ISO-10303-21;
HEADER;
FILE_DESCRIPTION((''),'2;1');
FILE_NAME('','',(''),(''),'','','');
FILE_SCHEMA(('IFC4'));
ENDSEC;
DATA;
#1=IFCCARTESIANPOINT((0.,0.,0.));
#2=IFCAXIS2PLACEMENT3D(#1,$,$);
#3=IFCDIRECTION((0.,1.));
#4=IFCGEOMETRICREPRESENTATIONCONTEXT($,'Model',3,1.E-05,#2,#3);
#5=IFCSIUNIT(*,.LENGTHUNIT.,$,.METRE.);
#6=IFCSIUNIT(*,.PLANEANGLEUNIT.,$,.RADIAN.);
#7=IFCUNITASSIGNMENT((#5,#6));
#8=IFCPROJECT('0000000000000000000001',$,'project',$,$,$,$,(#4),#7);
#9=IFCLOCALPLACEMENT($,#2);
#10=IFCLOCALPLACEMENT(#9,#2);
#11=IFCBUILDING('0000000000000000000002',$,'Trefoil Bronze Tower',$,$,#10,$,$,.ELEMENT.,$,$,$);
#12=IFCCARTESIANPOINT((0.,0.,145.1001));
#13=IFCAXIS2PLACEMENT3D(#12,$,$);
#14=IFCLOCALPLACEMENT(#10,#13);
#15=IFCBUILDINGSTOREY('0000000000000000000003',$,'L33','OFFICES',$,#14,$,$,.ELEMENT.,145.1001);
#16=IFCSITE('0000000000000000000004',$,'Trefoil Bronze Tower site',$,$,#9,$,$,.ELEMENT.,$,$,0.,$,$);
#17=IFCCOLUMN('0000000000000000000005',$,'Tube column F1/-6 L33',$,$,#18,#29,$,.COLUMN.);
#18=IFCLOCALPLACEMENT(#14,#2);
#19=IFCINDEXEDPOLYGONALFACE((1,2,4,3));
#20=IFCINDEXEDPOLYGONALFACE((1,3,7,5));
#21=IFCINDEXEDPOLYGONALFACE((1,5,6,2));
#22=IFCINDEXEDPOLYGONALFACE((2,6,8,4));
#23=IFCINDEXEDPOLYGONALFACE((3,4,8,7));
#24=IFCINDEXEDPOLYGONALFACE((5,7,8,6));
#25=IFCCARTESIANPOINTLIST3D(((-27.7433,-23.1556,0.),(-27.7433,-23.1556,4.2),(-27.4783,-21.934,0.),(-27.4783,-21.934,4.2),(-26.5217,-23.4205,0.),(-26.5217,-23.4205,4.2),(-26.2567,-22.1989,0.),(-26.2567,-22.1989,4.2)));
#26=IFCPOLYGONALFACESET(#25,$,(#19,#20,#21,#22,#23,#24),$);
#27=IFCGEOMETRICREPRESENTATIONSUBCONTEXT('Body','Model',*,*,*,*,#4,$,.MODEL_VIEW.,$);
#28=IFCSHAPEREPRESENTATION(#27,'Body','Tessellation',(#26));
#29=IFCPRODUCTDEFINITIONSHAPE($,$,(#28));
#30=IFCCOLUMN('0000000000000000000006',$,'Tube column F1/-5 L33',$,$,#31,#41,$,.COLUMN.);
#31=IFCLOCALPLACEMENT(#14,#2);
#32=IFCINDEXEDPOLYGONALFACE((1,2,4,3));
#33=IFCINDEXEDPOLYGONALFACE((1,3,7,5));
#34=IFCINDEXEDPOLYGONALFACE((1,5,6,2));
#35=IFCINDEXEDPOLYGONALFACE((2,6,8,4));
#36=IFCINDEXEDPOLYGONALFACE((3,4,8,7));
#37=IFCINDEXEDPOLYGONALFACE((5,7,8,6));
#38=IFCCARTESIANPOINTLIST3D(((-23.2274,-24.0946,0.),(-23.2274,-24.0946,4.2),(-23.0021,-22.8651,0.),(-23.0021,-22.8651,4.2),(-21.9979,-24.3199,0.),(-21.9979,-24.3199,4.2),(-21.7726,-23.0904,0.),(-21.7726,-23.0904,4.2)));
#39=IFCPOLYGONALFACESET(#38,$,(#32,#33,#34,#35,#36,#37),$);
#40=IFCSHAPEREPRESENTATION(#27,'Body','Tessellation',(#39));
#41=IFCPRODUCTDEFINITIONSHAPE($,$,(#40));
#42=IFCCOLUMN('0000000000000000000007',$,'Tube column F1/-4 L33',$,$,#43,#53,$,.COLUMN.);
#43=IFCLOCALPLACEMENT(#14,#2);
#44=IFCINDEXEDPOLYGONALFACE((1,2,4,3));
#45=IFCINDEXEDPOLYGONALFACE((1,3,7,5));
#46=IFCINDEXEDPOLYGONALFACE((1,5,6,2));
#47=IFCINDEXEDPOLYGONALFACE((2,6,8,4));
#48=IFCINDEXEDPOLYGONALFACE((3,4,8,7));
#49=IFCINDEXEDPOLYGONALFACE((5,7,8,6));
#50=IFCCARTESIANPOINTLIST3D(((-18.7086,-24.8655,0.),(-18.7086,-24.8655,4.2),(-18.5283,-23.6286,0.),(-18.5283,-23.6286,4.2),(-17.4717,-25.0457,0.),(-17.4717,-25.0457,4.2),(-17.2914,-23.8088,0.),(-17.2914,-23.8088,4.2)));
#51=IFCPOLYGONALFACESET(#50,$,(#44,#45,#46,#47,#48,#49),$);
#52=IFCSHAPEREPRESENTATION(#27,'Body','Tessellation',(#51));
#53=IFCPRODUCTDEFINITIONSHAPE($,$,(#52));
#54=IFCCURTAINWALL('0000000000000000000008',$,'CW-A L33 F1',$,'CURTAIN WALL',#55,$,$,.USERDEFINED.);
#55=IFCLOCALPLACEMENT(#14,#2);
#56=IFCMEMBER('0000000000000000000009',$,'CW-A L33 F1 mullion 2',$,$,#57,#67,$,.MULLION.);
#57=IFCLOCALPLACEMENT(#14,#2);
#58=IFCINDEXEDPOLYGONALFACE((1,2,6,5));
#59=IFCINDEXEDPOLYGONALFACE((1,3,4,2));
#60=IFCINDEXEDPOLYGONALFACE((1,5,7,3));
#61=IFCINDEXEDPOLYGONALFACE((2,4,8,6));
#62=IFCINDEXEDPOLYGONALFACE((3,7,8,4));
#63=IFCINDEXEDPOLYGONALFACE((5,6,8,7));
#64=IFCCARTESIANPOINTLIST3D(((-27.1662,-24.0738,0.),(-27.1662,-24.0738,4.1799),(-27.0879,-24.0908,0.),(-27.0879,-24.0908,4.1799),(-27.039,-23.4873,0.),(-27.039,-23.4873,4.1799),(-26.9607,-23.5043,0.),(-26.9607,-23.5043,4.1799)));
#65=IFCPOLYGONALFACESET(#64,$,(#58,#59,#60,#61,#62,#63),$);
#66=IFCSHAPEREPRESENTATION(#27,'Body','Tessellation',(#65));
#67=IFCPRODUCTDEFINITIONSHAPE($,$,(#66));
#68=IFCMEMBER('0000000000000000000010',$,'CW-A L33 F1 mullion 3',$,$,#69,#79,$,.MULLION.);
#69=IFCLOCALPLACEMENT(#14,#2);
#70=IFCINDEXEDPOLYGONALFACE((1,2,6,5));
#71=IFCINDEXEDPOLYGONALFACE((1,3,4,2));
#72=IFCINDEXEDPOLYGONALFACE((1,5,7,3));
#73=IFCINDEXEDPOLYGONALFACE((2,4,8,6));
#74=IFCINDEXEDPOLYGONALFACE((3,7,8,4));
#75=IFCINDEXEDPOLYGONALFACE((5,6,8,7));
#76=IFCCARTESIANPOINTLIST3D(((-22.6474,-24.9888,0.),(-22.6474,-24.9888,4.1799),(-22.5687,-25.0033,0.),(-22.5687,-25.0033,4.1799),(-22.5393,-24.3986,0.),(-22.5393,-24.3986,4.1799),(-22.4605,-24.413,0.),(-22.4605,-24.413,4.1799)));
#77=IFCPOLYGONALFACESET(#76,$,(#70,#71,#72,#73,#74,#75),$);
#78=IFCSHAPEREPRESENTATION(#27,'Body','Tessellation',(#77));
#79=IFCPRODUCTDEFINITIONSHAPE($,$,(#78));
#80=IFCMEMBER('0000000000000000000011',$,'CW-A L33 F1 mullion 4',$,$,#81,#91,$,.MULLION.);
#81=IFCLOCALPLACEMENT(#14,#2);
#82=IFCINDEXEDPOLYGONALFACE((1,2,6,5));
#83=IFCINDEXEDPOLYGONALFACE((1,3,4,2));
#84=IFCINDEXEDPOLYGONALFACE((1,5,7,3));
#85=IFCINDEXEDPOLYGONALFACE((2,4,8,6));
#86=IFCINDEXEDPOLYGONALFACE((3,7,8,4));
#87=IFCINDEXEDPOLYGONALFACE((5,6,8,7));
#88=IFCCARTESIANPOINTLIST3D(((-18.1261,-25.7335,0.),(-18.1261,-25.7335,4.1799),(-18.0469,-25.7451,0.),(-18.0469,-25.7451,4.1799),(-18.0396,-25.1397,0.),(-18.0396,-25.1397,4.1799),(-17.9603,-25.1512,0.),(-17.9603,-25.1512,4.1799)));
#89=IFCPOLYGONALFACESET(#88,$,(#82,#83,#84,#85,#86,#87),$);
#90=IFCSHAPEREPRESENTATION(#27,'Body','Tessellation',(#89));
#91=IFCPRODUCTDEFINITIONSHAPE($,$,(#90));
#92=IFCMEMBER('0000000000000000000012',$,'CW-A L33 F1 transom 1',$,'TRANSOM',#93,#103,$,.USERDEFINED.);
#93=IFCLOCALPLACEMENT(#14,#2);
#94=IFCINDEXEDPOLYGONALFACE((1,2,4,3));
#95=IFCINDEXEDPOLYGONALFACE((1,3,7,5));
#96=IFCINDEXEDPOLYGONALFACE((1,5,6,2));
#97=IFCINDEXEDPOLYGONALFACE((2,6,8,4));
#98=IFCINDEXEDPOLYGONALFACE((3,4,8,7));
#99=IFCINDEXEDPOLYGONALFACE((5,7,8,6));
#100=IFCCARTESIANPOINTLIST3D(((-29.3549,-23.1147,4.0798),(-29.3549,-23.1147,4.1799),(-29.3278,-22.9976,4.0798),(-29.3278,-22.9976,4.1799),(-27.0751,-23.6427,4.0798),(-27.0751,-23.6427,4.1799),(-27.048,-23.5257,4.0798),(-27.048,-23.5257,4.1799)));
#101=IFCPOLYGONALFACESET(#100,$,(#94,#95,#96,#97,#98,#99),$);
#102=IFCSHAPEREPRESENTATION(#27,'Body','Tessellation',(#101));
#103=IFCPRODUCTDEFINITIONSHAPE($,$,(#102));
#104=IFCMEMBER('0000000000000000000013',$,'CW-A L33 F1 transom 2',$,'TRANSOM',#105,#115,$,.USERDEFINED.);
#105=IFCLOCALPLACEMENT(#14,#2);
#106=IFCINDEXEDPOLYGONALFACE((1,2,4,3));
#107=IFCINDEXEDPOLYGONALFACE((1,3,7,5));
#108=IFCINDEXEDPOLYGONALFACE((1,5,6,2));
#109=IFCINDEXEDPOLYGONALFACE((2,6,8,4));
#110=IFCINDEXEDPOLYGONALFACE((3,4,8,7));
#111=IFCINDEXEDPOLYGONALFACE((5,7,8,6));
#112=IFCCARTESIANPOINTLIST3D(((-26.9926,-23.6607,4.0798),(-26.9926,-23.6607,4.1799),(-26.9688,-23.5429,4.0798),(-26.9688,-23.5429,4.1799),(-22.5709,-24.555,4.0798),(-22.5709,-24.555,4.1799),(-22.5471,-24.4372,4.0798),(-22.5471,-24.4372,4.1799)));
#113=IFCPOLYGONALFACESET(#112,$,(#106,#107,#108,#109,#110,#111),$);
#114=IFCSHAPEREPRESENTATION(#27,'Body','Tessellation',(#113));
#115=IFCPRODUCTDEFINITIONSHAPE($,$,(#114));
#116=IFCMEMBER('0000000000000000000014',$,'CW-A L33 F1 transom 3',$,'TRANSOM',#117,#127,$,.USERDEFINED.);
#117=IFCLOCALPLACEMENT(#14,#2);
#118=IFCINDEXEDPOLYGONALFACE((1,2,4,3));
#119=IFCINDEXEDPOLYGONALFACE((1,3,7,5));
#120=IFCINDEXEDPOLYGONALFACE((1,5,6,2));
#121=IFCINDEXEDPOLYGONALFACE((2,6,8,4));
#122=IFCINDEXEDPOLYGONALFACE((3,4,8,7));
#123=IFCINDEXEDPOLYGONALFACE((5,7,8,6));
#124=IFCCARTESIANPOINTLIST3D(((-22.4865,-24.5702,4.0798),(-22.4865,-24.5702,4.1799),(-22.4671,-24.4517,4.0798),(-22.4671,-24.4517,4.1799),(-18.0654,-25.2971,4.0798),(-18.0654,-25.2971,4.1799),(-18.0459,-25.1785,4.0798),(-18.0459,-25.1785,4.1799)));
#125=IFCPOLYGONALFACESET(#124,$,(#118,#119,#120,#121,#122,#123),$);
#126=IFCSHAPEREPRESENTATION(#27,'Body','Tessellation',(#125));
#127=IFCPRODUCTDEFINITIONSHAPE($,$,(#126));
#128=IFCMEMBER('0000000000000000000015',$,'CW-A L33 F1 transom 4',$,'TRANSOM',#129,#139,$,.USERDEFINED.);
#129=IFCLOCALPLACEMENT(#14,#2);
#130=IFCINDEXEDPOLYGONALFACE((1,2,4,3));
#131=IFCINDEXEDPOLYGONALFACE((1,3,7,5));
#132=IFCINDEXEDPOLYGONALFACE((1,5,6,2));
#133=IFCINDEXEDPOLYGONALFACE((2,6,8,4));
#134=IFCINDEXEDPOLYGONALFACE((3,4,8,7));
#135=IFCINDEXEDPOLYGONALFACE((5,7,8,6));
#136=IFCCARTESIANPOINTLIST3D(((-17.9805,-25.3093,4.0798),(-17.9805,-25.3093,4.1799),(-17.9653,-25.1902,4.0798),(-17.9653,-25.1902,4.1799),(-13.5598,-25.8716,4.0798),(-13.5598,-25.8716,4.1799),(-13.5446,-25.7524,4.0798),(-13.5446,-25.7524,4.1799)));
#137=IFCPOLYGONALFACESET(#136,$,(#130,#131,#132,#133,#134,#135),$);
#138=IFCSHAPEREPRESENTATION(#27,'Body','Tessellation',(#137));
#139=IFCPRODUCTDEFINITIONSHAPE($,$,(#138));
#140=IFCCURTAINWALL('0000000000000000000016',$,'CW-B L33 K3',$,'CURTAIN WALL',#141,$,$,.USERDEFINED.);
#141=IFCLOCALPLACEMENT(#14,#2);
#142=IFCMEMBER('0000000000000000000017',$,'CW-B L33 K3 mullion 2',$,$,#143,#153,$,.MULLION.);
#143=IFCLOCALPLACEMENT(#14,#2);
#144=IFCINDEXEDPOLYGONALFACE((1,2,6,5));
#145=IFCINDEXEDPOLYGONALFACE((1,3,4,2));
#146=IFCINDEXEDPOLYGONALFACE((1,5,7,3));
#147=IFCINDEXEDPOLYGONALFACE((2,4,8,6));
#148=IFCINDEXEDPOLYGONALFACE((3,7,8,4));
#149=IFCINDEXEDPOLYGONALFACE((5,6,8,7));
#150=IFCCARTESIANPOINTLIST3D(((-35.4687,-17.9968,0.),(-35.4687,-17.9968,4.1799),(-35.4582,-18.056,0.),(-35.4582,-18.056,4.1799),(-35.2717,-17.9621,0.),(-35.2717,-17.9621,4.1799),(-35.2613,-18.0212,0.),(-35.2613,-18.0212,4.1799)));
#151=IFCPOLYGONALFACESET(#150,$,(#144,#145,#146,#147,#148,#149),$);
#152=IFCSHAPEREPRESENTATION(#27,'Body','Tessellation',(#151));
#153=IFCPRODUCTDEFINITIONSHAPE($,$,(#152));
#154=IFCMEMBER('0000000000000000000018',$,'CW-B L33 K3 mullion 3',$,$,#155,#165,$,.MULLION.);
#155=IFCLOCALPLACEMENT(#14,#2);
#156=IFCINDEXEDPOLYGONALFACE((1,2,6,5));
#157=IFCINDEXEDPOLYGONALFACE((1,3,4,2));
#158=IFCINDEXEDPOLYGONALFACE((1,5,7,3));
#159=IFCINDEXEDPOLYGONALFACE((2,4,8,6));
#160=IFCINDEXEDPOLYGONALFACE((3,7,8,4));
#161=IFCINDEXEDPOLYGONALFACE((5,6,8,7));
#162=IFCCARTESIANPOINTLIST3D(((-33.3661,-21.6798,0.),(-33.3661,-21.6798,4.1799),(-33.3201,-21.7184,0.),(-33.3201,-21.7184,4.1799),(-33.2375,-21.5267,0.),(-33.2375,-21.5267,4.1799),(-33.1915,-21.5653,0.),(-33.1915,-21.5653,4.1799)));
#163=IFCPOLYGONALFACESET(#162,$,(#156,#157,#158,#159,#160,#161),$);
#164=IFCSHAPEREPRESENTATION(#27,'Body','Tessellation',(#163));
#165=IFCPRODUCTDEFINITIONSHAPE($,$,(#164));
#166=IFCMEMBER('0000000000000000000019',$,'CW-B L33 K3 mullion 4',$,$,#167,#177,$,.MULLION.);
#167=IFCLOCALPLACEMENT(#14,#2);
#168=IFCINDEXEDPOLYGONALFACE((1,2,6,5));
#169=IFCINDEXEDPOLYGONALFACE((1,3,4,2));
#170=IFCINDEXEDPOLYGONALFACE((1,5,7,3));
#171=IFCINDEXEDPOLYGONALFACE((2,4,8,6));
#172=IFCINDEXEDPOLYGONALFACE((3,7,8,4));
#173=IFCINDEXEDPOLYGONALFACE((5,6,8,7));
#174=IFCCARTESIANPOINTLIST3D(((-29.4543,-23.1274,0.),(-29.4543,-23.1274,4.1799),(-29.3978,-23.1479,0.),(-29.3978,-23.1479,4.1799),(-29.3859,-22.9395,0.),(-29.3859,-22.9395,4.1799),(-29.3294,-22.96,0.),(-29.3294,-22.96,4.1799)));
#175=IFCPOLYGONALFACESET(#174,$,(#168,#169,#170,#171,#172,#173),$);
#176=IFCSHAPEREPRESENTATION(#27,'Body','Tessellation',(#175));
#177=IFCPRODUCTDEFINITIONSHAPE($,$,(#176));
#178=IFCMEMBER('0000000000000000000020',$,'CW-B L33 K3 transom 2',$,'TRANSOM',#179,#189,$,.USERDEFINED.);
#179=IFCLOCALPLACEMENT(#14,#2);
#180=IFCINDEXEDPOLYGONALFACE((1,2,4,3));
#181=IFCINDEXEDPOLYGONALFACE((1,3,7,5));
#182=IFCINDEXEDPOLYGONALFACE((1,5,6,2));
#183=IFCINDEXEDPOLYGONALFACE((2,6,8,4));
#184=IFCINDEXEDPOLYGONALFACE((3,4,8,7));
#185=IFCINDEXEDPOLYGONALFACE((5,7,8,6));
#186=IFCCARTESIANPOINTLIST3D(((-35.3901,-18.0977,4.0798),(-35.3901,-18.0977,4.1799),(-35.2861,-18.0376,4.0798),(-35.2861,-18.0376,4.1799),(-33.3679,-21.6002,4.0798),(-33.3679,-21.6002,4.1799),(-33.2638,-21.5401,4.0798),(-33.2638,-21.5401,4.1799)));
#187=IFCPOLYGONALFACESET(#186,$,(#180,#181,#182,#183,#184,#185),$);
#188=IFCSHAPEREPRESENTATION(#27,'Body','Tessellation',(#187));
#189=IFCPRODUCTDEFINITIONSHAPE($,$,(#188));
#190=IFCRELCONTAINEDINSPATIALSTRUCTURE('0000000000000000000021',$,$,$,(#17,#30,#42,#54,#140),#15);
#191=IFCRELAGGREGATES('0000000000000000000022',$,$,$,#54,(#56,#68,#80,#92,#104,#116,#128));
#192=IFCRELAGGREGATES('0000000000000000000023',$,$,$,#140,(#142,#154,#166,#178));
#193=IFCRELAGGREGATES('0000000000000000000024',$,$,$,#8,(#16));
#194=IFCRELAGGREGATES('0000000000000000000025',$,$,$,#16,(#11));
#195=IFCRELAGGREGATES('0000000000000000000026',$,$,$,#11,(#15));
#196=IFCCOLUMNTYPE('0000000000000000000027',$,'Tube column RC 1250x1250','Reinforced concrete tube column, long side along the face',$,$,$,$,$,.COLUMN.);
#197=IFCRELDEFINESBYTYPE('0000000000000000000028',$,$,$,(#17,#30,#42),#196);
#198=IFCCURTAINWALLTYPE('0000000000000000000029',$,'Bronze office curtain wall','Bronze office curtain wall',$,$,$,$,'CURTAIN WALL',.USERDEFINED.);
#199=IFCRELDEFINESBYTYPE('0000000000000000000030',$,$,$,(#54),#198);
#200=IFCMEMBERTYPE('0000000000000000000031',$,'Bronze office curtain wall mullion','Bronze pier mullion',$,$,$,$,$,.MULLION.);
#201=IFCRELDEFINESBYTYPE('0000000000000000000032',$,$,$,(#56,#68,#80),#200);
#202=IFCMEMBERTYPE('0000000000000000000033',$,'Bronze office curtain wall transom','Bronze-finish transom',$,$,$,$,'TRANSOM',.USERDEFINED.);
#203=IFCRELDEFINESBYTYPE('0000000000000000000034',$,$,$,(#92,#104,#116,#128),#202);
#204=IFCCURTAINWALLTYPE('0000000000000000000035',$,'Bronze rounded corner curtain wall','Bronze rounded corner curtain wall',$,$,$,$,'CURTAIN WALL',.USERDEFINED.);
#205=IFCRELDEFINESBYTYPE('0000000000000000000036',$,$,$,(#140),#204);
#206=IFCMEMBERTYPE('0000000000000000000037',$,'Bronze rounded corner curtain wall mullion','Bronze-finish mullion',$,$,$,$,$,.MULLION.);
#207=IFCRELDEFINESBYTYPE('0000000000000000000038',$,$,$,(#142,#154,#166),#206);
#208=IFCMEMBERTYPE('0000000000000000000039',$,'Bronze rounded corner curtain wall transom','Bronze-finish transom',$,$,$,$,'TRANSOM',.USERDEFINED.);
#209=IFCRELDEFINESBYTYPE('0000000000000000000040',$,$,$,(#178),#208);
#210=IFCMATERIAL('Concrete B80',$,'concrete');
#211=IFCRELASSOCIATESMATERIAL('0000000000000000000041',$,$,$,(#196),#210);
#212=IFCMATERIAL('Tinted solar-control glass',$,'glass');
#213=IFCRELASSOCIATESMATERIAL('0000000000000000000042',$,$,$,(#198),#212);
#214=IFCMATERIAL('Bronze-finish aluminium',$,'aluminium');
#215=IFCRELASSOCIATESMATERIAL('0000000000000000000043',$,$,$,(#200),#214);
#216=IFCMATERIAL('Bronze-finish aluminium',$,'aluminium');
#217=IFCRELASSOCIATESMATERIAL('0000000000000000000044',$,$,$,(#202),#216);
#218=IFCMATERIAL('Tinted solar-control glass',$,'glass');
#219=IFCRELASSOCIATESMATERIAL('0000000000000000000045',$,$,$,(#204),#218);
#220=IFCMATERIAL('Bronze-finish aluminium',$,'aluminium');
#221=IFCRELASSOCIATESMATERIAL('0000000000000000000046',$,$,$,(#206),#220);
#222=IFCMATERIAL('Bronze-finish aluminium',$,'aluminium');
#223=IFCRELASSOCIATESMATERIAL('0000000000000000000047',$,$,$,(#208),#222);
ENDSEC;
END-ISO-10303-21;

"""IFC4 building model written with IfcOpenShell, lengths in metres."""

from ifc_helpers import new_model, si_unit, direction, frame, origin, origin_2d, place, context, subcontext, project, spatial, rectangle, extrude, material, material_profile, profile_set, type_object, element, aggregate, save


model = new_model("IFC4")

# Units and contexts
model_context = context("Model", 3, precision=1e-05, world=origin(), true_north=direction((0.0, 1.0)))
body_context = subcontext(model_context, "Body", "Model", "MODEL_VIEW")
ifc_project = project(units=[si_unit("LENGTHUNIT", "METRE"), si_unit("PLANEANGLEUNIT", "RADIAN")], contexts=[model_context])

# Site, building, storey
site_placement = place(None, origin())
site = spatial("IfcSite", under=ifc_project, at=site_placement, Name="Trefoil Bronze Tower site", CompositionType="ELEMENT", RefElevation=0.0)
building_placement = place(site_placement, origin())
building = spatial("IfcBuilding", under=site, at=building_placement, Name="Trefoil Bronze Tower", CompositionType="ELEMENT")
storey_placement = place(building_placement, frame((0.0, 0.0, 145.1001)))
storey = spatial("IfcBuildingStorey", under=building, at=storey_placement, Name="L33", Description="OFFICES", CompositionType="ELEMENT", Elevation=145.1001)

# Columns
ifc_material_1 = material(Name="Concrete B80", Category="concrete")
ifc_material_profile_1 = material_profile(ifc_material_1, rectangle(XDim=1.25, YDim=1.25, at=origin_2d()), Name="RC 1250x1250")
ifc_profile_set_1 = profile_set([ifc_material_profile_1], Name="Concrete B80")
column_type = type_object("IfcColumnType", Name="Tube column RC 1250x1250", Description="Reinforced concrete tube column, long side along the face", PredefinedType="COLUMN", material=ifc_profile_set_1)
for number, where, z_axis, x_axis, name in (
    (1, (-27.0, -22.6772, 0.0), (0.0, 0.0, 1.0), (0.977276, -0.21197, 0.0), "Tube column F1/-6 L33"),
    (2, (-22.5, -23.5925, 0.0), (0.0, 0.0, 1.0), (0.983623, -0.180241, 0.0), "Tube column F1/-5 L33"),
    (3, (-18.0, -24.3372, 0.0), (0.0, 0.0, 1.0), (0.98955, -0.144192, 0.0), "Tube column F1/-4 L33"),
):
    element("IfcColumn", number, at=place(storey_placement, frame(where, z_axis=z_axis, x_axis=x_axis)), inside=storey, type_object=column_type, Name=name, PredefinedType="COLUMN", context=body_context, shape_type="SweptSolid", body=[
        extrude(rectangle(XDim=1.25, YDim=1.25, at=origin_2d()), origin(), (0.0, 0.0, 1.0), 4.2),
    ])

# Curtain walls, members
ifc_material_2 = material(Name="Tinted solar-control glass", Category="glass")
curtain_wall_type_1 = type_object("IfcCurtainWallType", Name="Bronze office curtain wall", Description="Bronze office curtain wall", ElementType="CURTAIN WALL", PredefinedType="USERDEFINED", material=ifc_material_2)
curtain_wall_1_placement = place(storey_placement, origin())
curtain_wall_1 = element("IfcCurtainWall", 4, at=curtain_wall_1_placement, inside=storey, type_object=curtain_wall_type_1, Name="CW-A L33 F1", ObjectType="CURTAIN WALL", PredefinedType="USERDEFINED")
ifc_material_3 = material(Name="Bronze-finish aluminium", Category="aluminium")
ifc_material_profile_2 = material_profile(ifc_material_3, rectangle(XDim=0.6001, YDim=0.0801, at=origin_2d()), Name="CW-A mullion")
ifc_profile_set_2 = profile_set([ifc_material_profile_2], Name="Bronze-finish aluminium")
member_type_1 = type_object("IfcMemberType", Name="Bronze office curtain wall mullion", Description="Bronze pier mullion", PredefinedType="MULLION", material=ifc_profile_set_2)
member_1_placement = place(storey_placement, frame((-27.0635, -23.7891, 0.0), z_axis=(0.0, 0.0, 1.0), x_axis=(0.21197, 0.977276, 0.0)))
member_1 = element("IfcMember", 5, at=member_1_placement, type_object=member_type_1, Name="CW-A L33 F1 mullion 2", PredefinedType="MULLION", context=body_context, shape_type="SweptSolid", body=[
    extrude(rectangle(XDim=0.6001, YDim=0.0801, at=origin_2d()), origin(), (0.0, 0.0, 1.0), 4.1799),
])
member_2_placement = place(storey_placement, frame((-22.554, -24.7009, 0.0), z_axis=(0.0, 0.0, 1.0), x_axis=(0.180241, 0.983623, 0.0)))
member_2 = element("IfcMember", 6, at=member_2_placement, type_object=member_type_1, Name="CW-A L33 F1 mullion 3", PredefinedType="MULLION", context=body_context, shape_type="SweptSolid", body=[
    extrude(rectangle(XDim=0.6001, YDim=0.0801, at=origin_2d()), origin(), (0.0, 0.0, 1.0), 4.1799),
])
member_3_placement = place(storey_placement, frame((-18.0432, -25.4424, 0.0), z_axis=(0.0, 0.0, 1.0), x_axis=(0.144192, 0.98955, 0.0)))
member_3 = element("IfcMember", 7, at=member_3_placement, type_object=member_type_1, Name="CW-A L33 F1 mullion 4", PredefinedType="MULLION", context=body_context, shape_type="SweptSolid", body=[
    extrude(rectangle(XDim=0.6001, YDim=0.0801, at=origin_2d()), origin(), (0.0, 0.0, 1.0), 4.1799),
])
ifc_material_4 = material(Name="Bronze-finish aluminium", Category="aluminium")
ifc_material_profile_3 = material_profile(ifc_material_4, rectangle(XDim=0.1201, YDim=0.1001, at=origin_2d()), Name="CW-A transom")
ifc_profile_set_3 = profile_set([ifc_material_profile_3], Name="Bronze-finish aluminium")
member_type_2 = type_object("IfcMemberType", Name="Bronze office curtain wall transom", Description="Bronze-finish transom", ElementType="TRANSOM", PredefinedType="USERDEFINED", material=ifc_profile_set_3)
member_4_placement = place(storey_placement, frame((-29.3413, -23.0562, 4.1299), z_axis=(0.974206, -0.225659, 0.0), x_axis=(0.225659, 0.974206, 0.0)))
member_4 = element("IfcMember", 8, at=member_4_placement, type_object=member_type_2, Name="CW-A L33 F1 transom 1", ObjectType="TRANSOM", PredefinedType="USERDEFINED", context=body_context, shape_type="SweptSolid", body=[
    extrude(rectangle(XDim=0.1201, YDim=0.1001, at=origin_2d()), origin(), (0.0, 0.0, 1.0), 2.3401),
])
member_5_placement = place(storey_placement, frame((-26.9807, -23.6018, 4.1299), z_axis=(0.980154, -0.198239, 0.0), x_axis=(0.198239, 0.980154, 0.0)))
member_5 = element("IfcMember", 9, at=member_5_placement, type_object=member_type_2, Name="CW-A L33 F1 transom 2", ObjectType="TRANSOM", PredefinedType="USERDEFINED", context=body_context, shape_type="SweptSolid", body=[
    extrude(rectangle(XDim=0.1201, YDim=0.1001, at=origin_2d()), origin(), (0.0, 0.0, 1.0), 4.5112),
])
member_6_placement = place(storey_placement, frame((-22.4768, -24.511, 4.1299), z_axis=(0.986755, -0.162216, 0.0), x_axis=(0.162216, 0.986755, 0.0)))
member_6 = element("IfcMember", 10, at=member_6_placement, type_object=member_type_2, Name="CW-A L33 F1 transom 3", ObjectType="TRANSOM", PredefinedType="USERDEFINED", context=body_context, shape_type="SweptSolid", body=[
    extrude(rectangle(XDim=0.1201, YDim=0.1001, at=origin_2d()), origin(), (0.0, 0.0, 1.0), 4.4805),
])
member_7_placement = place(storey_placement, frame((-17.9729, -25.2498, 4.1299), z_axis=(0.992008, -0.126172, 0.0), x_axis=(0.126172, 0.992008, 0.0)))
member_7 = element("IfcMember", 11, at=member_7_placement, type_object=member_type_2, Name="CW-A L33 F1 transom 4", ObjectType="TRANSOM", PredefinedType="USERDEFINED", context=body_context, shape_type="SweptSolid", body=[
    extrude(rectangle(XDim=0.1201, YDim=0.1001, at=origin_2d()), origin(), (0.0, 0.0, 1.0), 4.4563),
])
ifc_material_5 = material(Name="Tinted solar-control glass", Category="glass")
curtain_wall_type_2 = type_object("IfcCurtainWallType", Name="Bronze rounded corner curtain wall", Description="Bronze rounded corner curtain wall", ElementType="CURTAIN WALL", PredefinedType="USERDEFINED", material=ifc_material_5)
curtain_wall_2_placement = place(storey_placement, origin())
curtain_wall_2 = element("IfcCurtainWall", 12, at=curtain_wall_2_placement, inside=storey, type_object=curtain_wall_type_2, Name="CW-B L33 K3", ObjectType="CURTAIN WALL", PredefinedType="USERDEFINED")
ifc_material_6 = material(Name="Bronze-finish aluminium", Category="aluminium")
ifc_material_profile_4 = material_profile(ifc_material_6, rectangle(XDim=0.2, YDim=0.0601, at=origin_2d()), Name="CW-B mullion")
ifc_profile_set_4 = profile_set([ifc_material_profile_4], Name="Bronze-finish aluminium")
member_type_3 = type_object("IfcMemberType", Name="Bronze rounded corner curtain wall mullion", Description="Bronze-finish mullion", PredefinedType="MULLION", material=ifc_profile_set_4)
member_8_placement = place(storey_placement, frame((-35.365, -18.009, 0.0), z_axis=(0.0, 0.0, 1.0), x_axis=(0.984808, 0.173648, 0.0)))
member_8 = element("IfcMember", 13, at=member_8_placement, type_object=member_type_3, Name="CW-B L33 K3 mullion 2", PredefinedType="MULLION", context=body_context, shape_type="SweptSolid", body=[
    extrude(rectangle(XDim=0.2, YDim=0.0601, at=origin_2d()), origin(), (0.0, 0.0, 1.0), 4.1799),
])
member_9_placement = place(storey_placement, frame((-33.2788, -21.6226, 0.0), z_axis=(0.0, 0.0, 1.0), x_axis=(0.642788, 0.766044, 0.0)))
member_9 = element("IfcMember", 14, at=member_9_placement, type_object=member_type_3, Name="CW-B L33 K3 mullion 3", PredefinedType="MULLION", context=body_context, shape_type="SweptSolid", body=[
    extrude(rectangle(XDim=0.2, YDim=0.0601, at=origin_2d()), origin(), (0.0, 0.0, 1.0), 4.1799),
])
member_10_placement = place(storey_placement, frame((-29.3918, -23.0437, 0.0), z_axis=(0.0, 0.0, 1.0), x_axis=(0.34202, 0.939693, 0.0)))
member_10 = element("IfcMember", 15, at=member_10_placement, type_object=member_type_3, Name="CW-B L33 K3 mullion 4", PredefinedType="MULLION", context=body_context, shape_type="SweptSolid", body=[
    extrude(rectangle(XDim=0.2, YDim=0.0601, at=origin_2d()), origin(), (0.0, 0.0, 1.0), 4.1799),
])
ifc_material_7 = material(Name="Bronze-finish aluminium", Category="aluminium")
ifc_material_profile_5 = material_profile(ifc_material_7, rectangle(XDim=0.1201, YDim=0.1001, at=origin_2d()), Name="CW-B transom")
ifc_profile_set_5 = profile_set([ifc_material_profile_5], Name="Bronze-finish aluminium")
member_type_4 = type_object("IfcMemberType", Name="Bronze rounded corner curtain wall transom", Description="Bronze-finish transom", ElementType="TRANSOM", PredefinedType="USERDEFINED", material=ifc_profile_set_5)
member_11_placement = place(storey_placement, frame((-35.3381, -18.0676, 4.1299), z_axis=(0.500015, -0.866017, 0.0), x_axis=(0.866017, 0.500015, 0.0)))
member_11 = element("IfcMember", 16, at=member_11_placement, type_object=member_type_4, Name="CW-B L33 K3 transom 2", ObjectType="TRANSOM", PredefinedType="USERDEFINED", context=body_context, shape_type="SweptSolid", body=[
    extrude(rectangle(XDim=0.1201, YDim=0.1001, at=origin_2d()), origin(), (0.0, 0.0, 1.0), 4.0444),
])

aggregate(curtain_wall_1, [member_1, member_2, member_3, member_4, member_5, member_6, member_7])
aggregate(curtain_wall_2, [member_8, member_9, member_10, member_11])

save(model, "model.ifc")
